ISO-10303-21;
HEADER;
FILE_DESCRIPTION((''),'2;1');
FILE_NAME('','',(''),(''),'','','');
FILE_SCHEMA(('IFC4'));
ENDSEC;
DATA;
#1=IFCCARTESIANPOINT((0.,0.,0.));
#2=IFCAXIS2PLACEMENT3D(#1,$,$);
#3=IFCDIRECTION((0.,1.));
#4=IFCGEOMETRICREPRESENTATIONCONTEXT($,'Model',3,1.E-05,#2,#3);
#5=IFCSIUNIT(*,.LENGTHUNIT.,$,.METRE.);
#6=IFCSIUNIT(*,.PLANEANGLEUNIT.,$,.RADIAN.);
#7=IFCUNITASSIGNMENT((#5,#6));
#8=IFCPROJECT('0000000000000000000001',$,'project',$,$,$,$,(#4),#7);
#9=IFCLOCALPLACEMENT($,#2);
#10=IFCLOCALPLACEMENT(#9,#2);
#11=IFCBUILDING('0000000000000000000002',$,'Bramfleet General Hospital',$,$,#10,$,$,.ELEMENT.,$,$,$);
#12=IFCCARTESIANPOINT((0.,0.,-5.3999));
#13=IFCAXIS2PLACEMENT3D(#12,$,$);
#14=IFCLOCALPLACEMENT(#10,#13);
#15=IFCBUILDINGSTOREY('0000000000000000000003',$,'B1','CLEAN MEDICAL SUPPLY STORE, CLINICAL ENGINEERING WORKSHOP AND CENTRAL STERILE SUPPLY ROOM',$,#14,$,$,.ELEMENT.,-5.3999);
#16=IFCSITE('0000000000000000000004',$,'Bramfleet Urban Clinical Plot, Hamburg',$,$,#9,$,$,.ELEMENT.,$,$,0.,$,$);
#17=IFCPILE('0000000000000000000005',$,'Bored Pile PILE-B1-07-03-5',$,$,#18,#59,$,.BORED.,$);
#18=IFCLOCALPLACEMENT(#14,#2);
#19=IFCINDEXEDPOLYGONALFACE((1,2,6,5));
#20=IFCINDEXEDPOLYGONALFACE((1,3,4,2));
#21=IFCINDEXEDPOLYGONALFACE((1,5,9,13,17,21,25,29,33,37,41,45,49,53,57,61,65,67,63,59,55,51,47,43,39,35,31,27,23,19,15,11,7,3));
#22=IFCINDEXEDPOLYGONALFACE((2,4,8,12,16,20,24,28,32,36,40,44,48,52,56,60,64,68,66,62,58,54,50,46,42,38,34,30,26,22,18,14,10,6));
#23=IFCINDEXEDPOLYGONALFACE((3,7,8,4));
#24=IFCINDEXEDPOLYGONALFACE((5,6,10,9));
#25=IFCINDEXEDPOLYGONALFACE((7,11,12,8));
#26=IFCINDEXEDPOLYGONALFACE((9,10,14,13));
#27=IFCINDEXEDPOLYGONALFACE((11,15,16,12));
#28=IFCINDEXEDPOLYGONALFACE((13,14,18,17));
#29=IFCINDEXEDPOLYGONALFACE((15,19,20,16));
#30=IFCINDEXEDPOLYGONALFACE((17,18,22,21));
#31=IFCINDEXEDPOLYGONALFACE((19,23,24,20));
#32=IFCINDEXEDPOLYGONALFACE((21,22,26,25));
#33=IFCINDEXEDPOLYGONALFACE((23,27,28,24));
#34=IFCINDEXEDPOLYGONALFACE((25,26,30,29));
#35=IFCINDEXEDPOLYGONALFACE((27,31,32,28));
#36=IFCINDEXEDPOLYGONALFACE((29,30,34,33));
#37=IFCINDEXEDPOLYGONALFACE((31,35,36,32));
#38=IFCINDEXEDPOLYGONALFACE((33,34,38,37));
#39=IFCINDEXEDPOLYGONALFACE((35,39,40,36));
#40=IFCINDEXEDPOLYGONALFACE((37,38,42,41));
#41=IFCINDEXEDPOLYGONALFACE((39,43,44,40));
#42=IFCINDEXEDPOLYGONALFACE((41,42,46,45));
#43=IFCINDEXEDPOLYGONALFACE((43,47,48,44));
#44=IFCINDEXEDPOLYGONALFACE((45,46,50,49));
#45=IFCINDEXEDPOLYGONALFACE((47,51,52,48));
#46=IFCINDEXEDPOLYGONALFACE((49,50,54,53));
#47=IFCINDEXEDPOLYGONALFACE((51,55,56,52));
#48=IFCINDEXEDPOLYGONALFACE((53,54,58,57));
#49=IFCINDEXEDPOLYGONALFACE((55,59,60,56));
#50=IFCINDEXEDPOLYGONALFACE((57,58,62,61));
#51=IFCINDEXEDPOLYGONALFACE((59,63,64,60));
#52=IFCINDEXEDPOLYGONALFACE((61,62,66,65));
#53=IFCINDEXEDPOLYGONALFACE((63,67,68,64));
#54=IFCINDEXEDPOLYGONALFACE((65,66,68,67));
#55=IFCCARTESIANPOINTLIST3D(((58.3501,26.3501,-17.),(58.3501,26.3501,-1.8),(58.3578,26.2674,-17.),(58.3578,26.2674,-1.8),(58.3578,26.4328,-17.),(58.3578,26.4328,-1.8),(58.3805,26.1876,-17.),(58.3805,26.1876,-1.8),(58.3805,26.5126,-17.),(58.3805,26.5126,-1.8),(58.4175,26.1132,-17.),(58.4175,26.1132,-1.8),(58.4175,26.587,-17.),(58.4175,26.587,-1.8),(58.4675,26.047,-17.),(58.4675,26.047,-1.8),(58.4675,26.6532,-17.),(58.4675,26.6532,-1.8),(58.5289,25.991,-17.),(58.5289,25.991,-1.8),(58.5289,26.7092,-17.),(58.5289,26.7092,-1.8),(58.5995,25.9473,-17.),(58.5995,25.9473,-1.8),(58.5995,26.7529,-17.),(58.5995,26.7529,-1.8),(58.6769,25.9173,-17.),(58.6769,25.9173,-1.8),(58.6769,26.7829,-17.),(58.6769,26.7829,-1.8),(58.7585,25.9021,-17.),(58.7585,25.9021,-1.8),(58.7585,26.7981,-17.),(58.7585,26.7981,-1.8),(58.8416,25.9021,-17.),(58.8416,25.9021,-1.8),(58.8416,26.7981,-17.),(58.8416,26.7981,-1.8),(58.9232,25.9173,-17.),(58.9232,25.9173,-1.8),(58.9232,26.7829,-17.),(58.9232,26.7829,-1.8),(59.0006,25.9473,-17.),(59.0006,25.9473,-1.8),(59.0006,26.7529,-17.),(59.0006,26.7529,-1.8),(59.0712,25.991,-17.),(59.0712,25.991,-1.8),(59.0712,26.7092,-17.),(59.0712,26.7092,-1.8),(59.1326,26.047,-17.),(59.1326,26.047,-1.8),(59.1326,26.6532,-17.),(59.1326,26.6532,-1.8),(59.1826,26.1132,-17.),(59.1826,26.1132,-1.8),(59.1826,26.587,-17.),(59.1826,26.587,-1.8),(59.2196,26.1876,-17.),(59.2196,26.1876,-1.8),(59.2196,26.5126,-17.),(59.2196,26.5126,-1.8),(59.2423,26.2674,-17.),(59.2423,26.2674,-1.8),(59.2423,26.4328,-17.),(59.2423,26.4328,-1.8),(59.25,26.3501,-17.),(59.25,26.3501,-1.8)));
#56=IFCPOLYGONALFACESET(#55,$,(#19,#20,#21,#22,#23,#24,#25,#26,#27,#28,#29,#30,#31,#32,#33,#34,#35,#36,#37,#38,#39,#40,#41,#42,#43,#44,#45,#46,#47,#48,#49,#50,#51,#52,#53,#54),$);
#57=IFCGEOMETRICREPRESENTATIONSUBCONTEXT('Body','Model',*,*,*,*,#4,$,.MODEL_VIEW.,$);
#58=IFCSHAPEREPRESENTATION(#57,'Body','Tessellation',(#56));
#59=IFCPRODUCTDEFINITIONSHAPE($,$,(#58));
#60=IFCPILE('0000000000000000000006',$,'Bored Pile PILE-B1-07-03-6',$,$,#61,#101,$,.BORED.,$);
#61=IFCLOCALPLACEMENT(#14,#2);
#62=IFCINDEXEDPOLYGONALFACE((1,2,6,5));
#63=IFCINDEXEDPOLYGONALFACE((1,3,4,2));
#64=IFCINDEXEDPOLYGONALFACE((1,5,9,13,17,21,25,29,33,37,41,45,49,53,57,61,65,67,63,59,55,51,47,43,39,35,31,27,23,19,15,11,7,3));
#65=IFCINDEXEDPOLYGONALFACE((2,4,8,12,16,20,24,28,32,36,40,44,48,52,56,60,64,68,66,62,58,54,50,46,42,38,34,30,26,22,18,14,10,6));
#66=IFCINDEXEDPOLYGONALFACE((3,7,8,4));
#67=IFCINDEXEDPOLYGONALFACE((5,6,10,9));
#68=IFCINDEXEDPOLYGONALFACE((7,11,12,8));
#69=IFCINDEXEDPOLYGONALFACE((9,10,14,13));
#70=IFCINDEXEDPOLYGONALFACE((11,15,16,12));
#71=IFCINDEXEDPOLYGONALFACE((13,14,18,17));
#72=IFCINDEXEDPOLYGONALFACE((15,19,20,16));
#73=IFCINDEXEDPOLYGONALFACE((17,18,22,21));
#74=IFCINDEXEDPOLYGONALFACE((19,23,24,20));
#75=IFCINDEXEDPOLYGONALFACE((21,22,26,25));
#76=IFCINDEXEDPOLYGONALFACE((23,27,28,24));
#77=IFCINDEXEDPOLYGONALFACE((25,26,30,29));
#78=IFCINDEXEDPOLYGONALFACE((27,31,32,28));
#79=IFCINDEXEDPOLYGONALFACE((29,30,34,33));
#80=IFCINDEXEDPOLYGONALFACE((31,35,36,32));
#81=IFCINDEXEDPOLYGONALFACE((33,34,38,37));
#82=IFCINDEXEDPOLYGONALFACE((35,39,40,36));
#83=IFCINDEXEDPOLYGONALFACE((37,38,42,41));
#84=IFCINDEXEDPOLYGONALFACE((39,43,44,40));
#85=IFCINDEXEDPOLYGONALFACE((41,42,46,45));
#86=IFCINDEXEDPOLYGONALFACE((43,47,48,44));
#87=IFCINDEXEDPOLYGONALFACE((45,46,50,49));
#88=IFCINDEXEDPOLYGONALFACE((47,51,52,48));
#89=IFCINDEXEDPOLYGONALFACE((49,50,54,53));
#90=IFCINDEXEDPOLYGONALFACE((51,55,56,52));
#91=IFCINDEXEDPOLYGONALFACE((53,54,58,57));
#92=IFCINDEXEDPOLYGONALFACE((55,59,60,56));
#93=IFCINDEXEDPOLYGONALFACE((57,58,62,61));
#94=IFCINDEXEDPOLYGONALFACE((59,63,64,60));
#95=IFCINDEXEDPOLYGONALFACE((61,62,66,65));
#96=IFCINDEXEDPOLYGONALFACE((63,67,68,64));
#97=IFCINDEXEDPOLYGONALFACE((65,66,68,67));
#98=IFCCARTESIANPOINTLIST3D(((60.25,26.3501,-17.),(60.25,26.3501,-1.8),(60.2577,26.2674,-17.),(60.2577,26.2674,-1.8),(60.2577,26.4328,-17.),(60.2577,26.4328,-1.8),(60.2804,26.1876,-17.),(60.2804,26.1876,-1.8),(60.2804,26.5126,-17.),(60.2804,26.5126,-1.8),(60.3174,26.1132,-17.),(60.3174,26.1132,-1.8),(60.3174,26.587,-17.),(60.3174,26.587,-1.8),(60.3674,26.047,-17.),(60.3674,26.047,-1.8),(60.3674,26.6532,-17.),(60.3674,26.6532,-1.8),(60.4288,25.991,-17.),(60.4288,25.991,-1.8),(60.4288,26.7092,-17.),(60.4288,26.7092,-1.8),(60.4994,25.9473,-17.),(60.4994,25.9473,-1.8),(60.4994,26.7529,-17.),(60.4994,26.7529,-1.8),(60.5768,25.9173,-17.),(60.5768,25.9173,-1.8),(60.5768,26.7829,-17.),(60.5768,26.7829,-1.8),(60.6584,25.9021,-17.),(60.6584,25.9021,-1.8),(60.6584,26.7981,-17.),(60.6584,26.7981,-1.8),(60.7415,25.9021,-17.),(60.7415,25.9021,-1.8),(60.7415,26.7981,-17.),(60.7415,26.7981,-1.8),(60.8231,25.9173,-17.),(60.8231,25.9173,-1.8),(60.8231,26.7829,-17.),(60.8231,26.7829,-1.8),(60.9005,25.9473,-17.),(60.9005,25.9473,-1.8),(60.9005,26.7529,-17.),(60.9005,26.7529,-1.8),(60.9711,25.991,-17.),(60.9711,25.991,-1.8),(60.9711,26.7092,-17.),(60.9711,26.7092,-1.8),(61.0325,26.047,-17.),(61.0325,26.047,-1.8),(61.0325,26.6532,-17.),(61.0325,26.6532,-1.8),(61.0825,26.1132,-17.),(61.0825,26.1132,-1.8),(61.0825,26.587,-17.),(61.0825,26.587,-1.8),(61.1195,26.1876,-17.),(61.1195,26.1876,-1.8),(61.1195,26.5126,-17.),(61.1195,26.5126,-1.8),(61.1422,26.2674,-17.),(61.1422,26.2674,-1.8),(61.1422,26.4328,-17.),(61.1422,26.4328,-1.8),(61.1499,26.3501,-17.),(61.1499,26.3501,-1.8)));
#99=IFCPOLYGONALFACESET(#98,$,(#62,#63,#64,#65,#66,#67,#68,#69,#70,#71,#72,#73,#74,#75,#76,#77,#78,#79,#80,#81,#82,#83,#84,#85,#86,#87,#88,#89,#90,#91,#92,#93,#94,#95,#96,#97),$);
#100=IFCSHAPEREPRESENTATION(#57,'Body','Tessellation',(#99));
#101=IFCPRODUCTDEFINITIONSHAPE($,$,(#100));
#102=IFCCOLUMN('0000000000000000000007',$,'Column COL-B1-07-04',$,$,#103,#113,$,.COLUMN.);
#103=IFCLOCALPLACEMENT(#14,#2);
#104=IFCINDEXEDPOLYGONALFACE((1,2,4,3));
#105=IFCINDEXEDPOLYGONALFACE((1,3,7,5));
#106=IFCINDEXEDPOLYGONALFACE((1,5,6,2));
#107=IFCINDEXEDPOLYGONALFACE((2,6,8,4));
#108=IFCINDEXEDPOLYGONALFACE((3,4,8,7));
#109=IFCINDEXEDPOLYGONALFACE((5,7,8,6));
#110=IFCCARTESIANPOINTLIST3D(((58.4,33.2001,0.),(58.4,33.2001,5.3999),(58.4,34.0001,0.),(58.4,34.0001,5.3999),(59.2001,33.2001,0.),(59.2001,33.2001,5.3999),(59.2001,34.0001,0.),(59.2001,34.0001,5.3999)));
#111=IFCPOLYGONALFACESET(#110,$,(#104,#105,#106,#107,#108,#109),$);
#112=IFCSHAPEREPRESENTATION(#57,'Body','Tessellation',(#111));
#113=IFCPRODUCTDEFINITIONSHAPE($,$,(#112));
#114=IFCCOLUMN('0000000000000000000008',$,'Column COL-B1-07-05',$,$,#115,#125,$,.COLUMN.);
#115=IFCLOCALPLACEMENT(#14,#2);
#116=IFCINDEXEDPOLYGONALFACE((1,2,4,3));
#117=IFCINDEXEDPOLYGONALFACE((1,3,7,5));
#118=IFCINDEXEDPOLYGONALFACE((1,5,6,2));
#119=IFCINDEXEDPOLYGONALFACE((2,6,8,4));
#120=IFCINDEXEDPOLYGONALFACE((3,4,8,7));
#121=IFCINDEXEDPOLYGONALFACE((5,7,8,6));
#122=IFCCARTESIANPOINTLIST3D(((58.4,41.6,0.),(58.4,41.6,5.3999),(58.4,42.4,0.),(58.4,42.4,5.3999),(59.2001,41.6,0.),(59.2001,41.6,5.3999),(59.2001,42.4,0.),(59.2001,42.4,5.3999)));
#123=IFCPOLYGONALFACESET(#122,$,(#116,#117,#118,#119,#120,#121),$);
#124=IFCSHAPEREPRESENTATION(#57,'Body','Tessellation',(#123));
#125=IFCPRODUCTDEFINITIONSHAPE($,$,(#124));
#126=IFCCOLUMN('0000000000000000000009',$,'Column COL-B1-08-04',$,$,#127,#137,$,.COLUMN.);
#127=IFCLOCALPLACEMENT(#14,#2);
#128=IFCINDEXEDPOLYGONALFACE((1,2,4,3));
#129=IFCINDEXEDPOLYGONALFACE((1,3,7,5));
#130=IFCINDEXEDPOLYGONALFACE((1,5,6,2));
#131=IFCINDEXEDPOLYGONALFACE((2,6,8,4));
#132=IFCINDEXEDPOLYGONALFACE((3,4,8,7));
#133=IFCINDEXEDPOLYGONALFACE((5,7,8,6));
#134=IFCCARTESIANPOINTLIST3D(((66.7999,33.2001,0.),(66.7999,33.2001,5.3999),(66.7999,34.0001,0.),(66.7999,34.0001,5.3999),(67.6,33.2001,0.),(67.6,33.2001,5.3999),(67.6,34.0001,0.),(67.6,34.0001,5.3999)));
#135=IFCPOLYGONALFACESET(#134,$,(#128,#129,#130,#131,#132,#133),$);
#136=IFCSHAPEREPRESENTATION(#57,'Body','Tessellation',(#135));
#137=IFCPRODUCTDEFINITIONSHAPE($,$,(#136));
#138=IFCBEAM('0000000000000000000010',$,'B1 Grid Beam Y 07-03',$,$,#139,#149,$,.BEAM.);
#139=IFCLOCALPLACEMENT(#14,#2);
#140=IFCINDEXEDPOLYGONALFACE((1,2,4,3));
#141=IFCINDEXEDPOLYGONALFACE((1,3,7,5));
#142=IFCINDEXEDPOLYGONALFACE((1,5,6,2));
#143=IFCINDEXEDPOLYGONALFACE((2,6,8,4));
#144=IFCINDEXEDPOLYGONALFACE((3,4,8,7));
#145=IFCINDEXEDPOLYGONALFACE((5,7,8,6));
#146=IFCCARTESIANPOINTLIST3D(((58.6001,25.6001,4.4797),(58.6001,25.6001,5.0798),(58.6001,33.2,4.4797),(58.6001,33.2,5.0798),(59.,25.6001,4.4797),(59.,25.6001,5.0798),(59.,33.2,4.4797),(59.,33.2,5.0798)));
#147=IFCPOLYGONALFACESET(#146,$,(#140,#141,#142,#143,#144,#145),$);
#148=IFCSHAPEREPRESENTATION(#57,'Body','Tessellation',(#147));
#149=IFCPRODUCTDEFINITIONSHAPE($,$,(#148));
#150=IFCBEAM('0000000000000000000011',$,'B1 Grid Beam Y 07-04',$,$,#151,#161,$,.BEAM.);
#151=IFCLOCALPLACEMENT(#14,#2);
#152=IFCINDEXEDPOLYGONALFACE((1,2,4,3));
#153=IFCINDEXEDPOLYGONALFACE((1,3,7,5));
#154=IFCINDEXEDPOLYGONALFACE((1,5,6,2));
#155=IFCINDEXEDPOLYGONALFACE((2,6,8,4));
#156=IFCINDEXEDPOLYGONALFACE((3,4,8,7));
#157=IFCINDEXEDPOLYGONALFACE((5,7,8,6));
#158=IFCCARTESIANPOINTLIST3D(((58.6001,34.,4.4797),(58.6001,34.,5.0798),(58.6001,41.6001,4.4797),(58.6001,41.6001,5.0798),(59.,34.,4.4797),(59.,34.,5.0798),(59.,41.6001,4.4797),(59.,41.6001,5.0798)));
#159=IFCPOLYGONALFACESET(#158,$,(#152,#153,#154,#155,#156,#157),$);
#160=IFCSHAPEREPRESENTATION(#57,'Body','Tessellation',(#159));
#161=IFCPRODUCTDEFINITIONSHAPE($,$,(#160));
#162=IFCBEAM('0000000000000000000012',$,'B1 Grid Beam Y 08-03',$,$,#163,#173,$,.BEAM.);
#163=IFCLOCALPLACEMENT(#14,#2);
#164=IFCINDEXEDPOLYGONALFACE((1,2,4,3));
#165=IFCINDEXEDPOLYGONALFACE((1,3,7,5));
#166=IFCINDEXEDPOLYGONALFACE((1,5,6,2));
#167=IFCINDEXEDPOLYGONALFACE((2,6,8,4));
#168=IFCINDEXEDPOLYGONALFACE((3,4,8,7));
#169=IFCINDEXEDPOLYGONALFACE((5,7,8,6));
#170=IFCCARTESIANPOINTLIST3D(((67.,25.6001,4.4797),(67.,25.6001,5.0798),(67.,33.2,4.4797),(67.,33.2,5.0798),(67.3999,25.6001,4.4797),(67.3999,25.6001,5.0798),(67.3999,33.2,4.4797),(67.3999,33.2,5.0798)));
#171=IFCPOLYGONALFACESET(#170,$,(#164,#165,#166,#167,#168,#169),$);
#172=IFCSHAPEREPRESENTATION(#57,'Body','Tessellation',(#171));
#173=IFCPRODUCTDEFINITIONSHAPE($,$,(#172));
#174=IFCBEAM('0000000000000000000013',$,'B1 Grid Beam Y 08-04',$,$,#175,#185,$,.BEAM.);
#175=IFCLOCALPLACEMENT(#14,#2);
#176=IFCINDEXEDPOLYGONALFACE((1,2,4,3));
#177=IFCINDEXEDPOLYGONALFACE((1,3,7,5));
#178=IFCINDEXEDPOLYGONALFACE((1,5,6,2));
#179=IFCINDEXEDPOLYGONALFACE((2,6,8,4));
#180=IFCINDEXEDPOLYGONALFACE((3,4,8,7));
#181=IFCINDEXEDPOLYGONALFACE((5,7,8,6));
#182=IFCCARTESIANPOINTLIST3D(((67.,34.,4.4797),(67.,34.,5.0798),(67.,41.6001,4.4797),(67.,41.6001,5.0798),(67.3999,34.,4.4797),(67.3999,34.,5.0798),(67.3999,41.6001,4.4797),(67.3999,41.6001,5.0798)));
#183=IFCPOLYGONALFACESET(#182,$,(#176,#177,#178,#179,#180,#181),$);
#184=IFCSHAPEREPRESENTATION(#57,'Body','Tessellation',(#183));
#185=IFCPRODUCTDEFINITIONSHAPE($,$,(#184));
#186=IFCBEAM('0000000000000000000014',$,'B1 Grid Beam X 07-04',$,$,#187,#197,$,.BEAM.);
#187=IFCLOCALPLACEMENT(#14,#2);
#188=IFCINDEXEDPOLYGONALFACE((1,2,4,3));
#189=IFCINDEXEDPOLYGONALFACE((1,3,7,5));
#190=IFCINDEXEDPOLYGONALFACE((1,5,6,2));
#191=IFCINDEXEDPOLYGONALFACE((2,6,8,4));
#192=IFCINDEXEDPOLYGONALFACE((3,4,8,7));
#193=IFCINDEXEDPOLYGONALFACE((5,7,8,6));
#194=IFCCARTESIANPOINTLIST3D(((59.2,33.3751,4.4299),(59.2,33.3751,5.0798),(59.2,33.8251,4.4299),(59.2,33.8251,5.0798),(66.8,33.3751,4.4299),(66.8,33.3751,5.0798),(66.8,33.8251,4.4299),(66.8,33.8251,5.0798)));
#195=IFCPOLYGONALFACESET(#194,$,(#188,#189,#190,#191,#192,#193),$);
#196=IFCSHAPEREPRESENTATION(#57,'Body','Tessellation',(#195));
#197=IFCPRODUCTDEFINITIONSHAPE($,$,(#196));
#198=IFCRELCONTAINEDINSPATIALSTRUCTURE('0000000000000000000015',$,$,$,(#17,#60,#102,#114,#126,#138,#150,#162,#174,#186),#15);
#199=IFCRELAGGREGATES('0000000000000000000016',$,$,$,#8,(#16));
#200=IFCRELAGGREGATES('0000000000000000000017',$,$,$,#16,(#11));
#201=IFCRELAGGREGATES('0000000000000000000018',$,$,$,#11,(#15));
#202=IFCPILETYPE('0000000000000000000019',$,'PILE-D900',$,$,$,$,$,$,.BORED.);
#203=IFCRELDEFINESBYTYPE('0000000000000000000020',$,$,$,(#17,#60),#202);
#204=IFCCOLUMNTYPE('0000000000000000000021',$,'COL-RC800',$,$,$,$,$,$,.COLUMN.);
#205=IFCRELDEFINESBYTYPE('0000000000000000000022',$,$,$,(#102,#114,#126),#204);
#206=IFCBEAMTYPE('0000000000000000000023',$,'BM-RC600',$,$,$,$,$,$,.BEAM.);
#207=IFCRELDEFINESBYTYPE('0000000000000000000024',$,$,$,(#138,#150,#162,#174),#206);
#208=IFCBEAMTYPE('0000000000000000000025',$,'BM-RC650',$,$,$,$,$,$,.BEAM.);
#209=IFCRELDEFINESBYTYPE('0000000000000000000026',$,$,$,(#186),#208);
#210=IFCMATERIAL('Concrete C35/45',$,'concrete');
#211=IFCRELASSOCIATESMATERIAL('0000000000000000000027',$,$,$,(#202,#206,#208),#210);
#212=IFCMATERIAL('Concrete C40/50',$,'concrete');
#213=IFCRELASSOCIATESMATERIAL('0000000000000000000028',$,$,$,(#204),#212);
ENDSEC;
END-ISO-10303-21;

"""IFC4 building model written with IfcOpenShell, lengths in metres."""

from ifc_helpers import new_model, si_unit, direction, frame, origin, origin_2d, place, context, subcontext, project, spatial, rectangle, circle, extrude, material, material_profile, profile_set, type_object, element, save


model = new_model("IFC4")

# Units and contexts
model_context = context("Model", 3, precision=1e-05, world=origin(), true_north=direction((0.0, 1.0)))
body_context = subcontext(model_context, "Body", "Model", "MODEL_VIEW")
ifc_project = project(units=[si_unit("LENGTHUNIT", "METRE"), si_unit("PLANEANGLEUNIT", "RADIAN")], contexts=[model_context])

# Site, building, storey
site_placement = place(None, origin())
site = spatial("IfcSite", under=ifc_project, at=site_placement, Name="Bramfleet Urban Clinical Plot, Hamburg", CompositionType="ELEMENT", RefElevation=0.0)
building_placement = place(site_placement, origin())
building = spatial("IfcBuilding", under=site, at=building_placement, Name="Bramfleet General Hospital", CompositionType="ELEMENT")
storey_placement = place(building_placement, frame((0.0, 0.0, -5.3999)))
storey = spatial("IfcBuildingStorey", under=building, at=storey_placement, Name="B1", Description="CLEAN MEDICAL SUPPLY STORE, CLINICAL ENGINEERING WORKSHOP AND CENTRAL STERILE SUPPLY ROOM", CompositionType="ELEMENT", Elevation=-5.3999)

# Shared definitions
ifc_material_1 = material(Name="Concrete C35/45", Category="concrete")

# Piles
ifc_material_profile_1 = material_profile(ifc_material_1, circle(Radius=0.45, at=origin_2d()), Name="PILE BORED D900")
ifc_profile_set_1 = profile_set([ifc_material_profile_1], Name="Concrete C35/45")
pile_type_1 = type_object("IfcPileType", Name="PILE-D900", PredefinedType="BORED", material=ifc_profile_set_1)
for number, where, z_axis, x_axis, name in (
    (1, (58.8, 26.3501, -1.8), (0.0, 0.0, -1.0), (1.0, 0.0, 0.0), "Bored Pile PILE-B1-07-03-5"),
    (2, (60.7, 26.3501, -1.8), (0.0, 0.0, -1.0), (1.0, 0.0, 0.0), "Bored Pile PILE-B1-07-03-6"),
):
    element("IfcPile", number, at=place(storey_placement, frame(where, z_axis=z_axis, x_axis=x_axis)), inside=storey, type_object=pile_type_1, Name=name, PredefinedType="BORED", context=body_context, shape_type="SweptSolid", body=[
        extrude(circle(Radius=0.45, at=origin_2d()), origin(), (0.0, 0.0, 1.0), 15.2),
    ])

# Columns
ifc_material_2 = material(Name="Concrete C40/50", Category="concrete")
ifc_material_profile_2 = material_profile(ifc_material_2, rectangle(XDim=0.8, YDim=0.8, at=origin_2d()), Name="RC COL 800x800")
ifc_profile_set_2 = profile_set([ifc_material_profile_2], Name="Concrete C40/50")
column_type = type_object("IfcColumnType", Name="COL-RC800", PredefinedType="COLUMN", material=ifc_profile_set_2)
for number, where, z_axis, x_axis, name in (
    (3, (58.8, 33.6001, 0.0), (0.0, 0.0, 1.0), (1.0, 0.0, 0.0), "Column COL-B1-07-04"),
    (4, (58.8, 42.0, 0.0), (0.0, 0.0, 1.0), (1.0, 0.0, 0.0), "Column COL-B1-07-05"),
    (5, (67.2, 33.6001, 0.0), (0.0, 0.0, 1.0), (1.0, 0.0, 0.0), "Column COL-B1-08-04"),
):
    element("IfcColumn", number, at=place(storey_placement, frame(where, z_axis=z_axis, x_axis=x_axis)), inside=storey, type_object=column_type, Name=name, PredefinedType="COLUMN", context=body_context, shape_type="SweptSolid", body=[
        extrude(rectangle(XDim=0.8, YDim=0.8, at=origin_2d()), origin(), (0.0, 0.0, 1.0), 5.3999),
    ])

# Beams
ifc_material_profile_3 = material_profile(ifc_material_1, rectangle(XDim=0.3999, YDim=0.6001, at=origin_2d()), Name="RC BM 600x400")
ifc_profile_set_3 = profile_set([ifc_material_profile_3], Name="Concrete C35/45")
beam_type_1 = type_object("IfcBeamType", Name="BM-RC600", PredefinedType="BEAM", material=ifc_profile_set_3)
beam_1_placement = place(storey_placement, frame((58.8, 25.6001, 4.7798), z_axis=(0.0, 1.0, 0.0), x_axis=(-1.0, 0.0, 0.0)))
element("IfcBeam", 6, at=beam_1_placement, inside=storey, type_object=beam_type_1, Name="B1 Grid Beam Y 07-03", PredefinedType="BEAM", context=body_context, shape_type="SweptSolid", body=[
    extrude(rectangle(XDim=0.3999, YDim=0.6001, at=origin_2d()), origin(), (0.0, 0.0, 1.0), 7.5999),
])
beam_2_placement = place(storey_placement, frame((58.8, 34.0, 4.7798), z_axis=(0.0, 1.0, 0.0), x_axis=(-1.0, 0.0, 0.0)))
element("IfcBeam", 7, at=beam_2_placement, inside=storey, type_object=beam_type_1, Name="B1 Grid Beam Y 07-04", PredefinedType="BEAM", context=body_context, shape_type="SweptSolid", body=[
    extrude(rectangle(XDim=0.3999, YDim=0.6001, at=origin_2d()), origin(), (0.0, 0.0, 1.0), 7.6001),
])
beam_3_placement = place(storey_placement, frame((67.2, 25.6001, 4.7798), z_axis=(0.0, 1.0, 0.0), x_axis=(-1.0, 0.0, 0.0)))
element("IfcBeam", 8, at=beam_3_placement, inside=storey, type_object=beam_type_1, Name="B1 Grid Beam Y 08-03", PredefinedType="BEAM", context=body_context, shape_type="SweptSolid", body=[
    extrude(rectangle(XDim=0.3999, YDim=0.6001, at=origin_2d()), origin(), (0.0, 0.0, 1.0), 7.5999),
])
beam_4_placement = place(storey_placement, frame((67.2, 34.0, 4.7798), z_axis=(0.0, 1.0, 0.0), x_axis=(-1.0, 0.0, 0.0)))
element("IfcBeam", 9, at=beam_4_placement, inside=storey, type_object=beam_type_1, Name="B1 Grid Beam Y 08-04", PredefinedType="BEAM", context=body_context, shape_type="SweptSolid", body=[
    extrude(rectangle(XDim=0.3999, YDim=0.6001, at=origin_2d()), origin(), (0.0, 0.0, 1.0), 7.6001),
])
ifc_material_profile_4 = material_profile(ifc_material_1, rectangle(XDim=0.45, YDim=0.6499, at=origin_2d()), Name="RC BM 650x450")
ifc_profile_set_4 = profile_set([ifc_material_profile_4], Name="Concrete C35/45")
beam_type_2 = type_object("IfcBeamType", Name="BM-RC650", PredefinedType="BEAM", material=ifc_profile_set_4)
for number, where, z_axis, x_axis, name in (
    (10, (59.2, 33.6001, 4.7549), (1.0, 0.0, 0.0), (0.0, 1.0, 0.0), "B1 Grid Beam X 07-04"),
):
    element("IfcBeam", number, at=place(storey_placement, frame(where, z_axis=z_axis, x_axis=x_axis)), inside=storey, type_object=beam_type_2, Name=name, PredefinedType="BEAM", context=body_context, shape_type="SweptSolid", body=[
        extrude(rectangle(XDim=0.45, YDim=0.6499, at=origin_2d()), origin(), (0.0, 0.0, 1.0), 7.6001),
    ])

save(model, "model.ifc")
